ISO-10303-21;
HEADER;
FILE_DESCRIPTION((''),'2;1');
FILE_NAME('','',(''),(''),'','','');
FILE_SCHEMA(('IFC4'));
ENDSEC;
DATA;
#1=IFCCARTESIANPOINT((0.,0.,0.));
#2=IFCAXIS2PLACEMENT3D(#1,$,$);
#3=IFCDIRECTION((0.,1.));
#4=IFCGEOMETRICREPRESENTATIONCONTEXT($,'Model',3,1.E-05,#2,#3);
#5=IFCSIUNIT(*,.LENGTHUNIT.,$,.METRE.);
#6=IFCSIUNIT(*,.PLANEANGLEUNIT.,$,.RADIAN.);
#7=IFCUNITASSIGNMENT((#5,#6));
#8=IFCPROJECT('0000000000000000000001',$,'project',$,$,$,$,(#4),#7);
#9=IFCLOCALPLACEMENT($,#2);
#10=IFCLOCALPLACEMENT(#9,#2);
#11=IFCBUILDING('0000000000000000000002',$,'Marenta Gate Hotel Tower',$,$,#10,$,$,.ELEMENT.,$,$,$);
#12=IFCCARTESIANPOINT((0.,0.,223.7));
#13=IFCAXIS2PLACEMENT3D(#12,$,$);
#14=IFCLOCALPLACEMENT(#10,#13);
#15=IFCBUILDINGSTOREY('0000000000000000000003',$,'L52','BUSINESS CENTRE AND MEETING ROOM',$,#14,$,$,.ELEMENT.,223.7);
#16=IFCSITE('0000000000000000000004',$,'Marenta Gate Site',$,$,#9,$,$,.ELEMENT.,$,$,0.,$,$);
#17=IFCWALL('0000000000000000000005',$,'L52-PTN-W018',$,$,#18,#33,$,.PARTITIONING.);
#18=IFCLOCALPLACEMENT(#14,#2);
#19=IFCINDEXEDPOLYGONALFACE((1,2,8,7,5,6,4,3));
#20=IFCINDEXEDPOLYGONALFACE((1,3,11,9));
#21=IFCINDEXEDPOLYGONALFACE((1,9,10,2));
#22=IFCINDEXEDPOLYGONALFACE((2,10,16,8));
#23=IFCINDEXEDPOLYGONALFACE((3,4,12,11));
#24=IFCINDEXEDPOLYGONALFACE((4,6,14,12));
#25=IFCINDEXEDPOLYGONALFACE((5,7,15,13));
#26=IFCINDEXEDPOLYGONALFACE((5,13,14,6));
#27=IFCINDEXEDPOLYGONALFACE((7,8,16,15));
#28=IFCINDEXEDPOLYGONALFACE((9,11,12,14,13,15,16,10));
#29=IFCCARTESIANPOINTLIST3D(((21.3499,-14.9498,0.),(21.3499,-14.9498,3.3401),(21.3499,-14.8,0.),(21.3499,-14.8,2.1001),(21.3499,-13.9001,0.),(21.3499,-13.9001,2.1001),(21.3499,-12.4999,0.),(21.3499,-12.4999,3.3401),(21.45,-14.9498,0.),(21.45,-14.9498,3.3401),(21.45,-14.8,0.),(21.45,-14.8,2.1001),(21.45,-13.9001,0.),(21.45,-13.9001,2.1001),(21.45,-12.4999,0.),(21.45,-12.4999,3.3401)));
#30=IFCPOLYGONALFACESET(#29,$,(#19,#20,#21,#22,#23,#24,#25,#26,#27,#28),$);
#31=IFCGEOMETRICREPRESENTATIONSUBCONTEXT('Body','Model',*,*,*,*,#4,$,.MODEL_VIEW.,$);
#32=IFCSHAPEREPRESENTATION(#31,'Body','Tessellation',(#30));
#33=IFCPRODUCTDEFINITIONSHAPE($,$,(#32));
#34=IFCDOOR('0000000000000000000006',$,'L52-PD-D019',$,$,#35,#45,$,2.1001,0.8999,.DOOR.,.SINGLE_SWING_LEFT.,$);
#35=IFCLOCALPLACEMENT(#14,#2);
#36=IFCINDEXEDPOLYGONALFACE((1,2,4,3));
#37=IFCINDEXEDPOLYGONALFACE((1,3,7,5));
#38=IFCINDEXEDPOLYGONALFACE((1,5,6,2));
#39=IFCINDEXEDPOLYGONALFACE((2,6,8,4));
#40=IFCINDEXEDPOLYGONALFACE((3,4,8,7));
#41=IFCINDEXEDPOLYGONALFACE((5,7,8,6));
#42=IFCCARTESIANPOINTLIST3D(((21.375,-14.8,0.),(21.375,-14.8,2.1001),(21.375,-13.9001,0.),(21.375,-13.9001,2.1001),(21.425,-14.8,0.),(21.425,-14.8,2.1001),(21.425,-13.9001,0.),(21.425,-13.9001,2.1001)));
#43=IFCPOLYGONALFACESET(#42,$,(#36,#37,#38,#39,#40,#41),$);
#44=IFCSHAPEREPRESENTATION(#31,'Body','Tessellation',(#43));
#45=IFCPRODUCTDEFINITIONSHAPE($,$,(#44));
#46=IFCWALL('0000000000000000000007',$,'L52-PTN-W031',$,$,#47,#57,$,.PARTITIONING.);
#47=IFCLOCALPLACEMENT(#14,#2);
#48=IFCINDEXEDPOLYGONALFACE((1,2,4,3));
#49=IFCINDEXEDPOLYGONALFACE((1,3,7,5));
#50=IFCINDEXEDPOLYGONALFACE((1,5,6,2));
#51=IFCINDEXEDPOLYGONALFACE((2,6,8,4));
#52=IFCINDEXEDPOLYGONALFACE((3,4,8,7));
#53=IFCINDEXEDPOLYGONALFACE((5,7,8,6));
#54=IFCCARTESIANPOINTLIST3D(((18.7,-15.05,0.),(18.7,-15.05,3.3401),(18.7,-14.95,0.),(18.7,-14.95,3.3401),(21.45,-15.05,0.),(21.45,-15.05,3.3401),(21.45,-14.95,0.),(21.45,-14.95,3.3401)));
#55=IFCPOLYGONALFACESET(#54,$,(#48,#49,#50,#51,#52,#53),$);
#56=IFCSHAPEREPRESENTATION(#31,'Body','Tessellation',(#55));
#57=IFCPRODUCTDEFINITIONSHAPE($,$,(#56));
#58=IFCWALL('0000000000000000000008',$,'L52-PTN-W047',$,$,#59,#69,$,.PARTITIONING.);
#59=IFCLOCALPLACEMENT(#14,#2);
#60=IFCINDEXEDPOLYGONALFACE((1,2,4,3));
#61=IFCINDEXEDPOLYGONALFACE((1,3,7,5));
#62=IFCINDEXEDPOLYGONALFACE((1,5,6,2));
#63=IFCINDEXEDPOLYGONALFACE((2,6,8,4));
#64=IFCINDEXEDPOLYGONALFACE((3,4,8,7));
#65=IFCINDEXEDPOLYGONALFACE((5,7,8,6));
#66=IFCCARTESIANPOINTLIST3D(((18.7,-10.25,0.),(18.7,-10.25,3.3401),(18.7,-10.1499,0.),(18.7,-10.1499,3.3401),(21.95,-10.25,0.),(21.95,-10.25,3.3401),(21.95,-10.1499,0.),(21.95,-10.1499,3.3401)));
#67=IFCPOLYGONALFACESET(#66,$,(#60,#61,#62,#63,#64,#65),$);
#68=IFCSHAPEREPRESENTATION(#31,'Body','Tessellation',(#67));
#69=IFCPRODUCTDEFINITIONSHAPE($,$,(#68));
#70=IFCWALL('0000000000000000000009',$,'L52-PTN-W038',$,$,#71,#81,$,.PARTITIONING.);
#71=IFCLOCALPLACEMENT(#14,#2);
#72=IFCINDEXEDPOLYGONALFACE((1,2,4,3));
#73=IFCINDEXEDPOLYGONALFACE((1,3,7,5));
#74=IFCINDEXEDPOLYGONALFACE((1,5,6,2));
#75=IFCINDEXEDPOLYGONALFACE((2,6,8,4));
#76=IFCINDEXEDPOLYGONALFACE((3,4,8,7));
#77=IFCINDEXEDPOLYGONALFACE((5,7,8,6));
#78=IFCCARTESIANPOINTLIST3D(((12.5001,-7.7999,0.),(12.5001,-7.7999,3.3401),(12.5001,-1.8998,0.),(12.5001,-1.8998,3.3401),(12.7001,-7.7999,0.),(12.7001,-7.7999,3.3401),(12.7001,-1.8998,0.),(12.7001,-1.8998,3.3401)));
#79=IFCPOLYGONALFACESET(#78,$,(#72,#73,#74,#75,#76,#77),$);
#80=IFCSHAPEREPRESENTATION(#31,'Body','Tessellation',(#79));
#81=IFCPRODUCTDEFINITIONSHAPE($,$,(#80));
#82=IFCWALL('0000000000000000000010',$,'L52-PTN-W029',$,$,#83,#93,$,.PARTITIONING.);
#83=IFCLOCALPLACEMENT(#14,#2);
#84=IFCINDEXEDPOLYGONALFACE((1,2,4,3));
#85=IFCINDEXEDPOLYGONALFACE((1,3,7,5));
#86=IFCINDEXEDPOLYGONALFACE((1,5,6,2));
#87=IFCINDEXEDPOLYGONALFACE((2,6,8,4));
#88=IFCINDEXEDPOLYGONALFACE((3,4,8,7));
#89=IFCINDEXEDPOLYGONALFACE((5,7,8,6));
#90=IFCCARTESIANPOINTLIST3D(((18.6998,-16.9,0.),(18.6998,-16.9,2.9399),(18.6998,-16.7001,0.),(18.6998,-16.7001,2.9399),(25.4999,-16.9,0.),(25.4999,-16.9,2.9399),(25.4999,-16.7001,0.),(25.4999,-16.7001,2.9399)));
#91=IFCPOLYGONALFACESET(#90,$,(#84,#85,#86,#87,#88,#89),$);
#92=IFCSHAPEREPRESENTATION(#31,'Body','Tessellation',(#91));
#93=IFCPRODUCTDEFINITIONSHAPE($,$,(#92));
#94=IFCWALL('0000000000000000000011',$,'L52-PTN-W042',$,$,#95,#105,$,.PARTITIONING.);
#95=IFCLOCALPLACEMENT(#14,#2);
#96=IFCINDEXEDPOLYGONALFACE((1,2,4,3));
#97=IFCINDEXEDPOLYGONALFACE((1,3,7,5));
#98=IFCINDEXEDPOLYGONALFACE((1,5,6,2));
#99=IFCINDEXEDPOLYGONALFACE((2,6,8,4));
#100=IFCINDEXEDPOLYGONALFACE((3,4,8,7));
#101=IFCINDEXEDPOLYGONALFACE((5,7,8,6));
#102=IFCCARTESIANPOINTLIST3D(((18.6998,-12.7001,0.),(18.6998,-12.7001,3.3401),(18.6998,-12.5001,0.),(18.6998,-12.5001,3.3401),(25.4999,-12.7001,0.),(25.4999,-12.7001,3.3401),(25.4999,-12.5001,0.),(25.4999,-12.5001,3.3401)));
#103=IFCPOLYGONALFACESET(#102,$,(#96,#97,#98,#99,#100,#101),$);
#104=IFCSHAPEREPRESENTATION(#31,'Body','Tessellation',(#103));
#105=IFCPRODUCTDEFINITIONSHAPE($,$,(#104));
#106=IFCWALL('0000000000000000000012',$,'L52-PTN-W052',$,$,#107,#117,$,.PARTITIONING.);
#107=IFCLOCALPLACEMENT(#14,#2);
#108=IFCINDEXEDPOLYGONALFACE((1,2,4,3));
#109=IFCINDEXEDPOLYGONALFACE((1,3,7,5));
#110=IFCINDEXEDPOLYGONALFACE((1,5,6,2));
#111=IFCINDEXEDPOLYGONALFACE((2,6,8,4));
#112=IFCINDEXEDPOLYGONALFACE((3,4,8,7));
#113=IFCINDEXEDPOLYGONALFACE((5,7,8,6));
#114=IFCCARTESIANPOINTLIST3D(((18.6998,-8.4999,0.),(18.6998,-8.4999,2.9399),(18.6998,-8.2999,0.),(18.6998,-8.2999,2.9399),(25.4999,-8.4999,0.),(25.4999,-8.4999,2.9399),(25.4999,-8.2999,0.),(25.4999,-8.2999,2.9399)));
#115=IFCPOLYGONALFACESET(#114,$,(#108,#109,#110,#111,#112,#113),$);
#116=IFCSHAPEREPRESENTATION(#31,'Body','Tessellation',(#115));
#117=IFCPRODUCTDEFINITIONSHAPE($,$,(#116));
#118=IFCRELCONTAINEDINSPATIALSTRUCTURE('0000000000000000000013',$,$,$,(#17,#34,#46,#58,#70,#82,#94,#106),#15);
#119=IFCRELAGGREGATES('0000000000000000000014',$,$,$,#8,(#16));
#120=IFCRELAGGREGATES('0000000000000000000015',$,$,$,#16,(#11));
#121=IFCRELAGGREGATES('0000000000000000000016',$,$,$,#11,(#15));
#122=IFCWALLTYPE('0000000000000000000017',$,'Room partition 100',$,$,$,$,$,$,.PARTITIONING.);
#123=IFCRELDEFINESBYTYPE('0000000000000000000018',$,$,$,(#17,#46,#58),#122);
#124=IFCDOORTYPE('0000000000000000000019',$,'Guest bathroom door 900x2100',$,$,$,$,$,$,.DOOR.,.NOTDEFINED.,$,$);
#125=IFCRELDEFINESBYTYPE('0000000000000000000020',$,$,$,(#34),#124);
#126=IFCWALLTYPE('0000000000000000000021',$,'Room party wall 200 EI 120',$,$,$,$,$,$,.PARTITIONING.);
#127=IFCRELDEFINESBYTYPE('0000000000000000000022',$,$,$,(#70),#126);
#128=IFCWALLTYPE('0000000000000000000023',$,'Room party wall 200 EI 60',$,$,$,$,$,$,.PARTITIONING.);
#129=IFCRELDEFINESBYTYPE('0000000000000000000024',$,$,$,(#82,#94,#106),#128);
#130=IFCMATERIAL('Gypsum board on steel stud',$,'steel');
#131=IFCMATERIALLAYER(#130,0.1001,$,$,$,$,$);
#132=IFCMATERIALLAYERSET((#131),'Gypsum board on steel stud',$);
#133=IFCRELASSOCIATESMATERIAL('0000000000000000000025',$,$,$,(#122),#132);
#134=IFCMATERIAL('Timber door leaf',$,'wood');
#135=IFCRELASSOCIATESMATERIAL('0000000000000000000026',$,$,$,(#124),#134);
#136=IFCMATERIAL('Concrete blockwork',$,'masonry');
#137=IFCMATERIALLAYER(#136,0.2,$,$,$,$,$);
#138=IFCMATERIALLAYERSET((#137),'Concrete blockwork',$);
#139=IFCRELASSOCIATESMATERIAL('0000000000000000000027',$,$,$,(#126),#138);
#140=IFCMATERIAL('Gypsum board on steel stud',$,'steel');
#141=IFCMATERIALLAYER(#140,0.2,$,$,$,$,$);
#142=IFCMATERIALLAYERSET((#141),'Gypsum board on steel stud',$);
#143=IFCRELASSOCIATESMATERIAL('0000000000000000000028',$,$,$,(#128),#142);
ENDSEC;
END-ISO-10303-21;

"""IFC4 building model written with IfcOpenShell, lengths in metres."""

from ifc_helpers import new_model, si_unit, direction, frame, frame_2d, origin, place, context, subcontext, project, spatial, rectangle, extrude, material, layer, layer_set, type_object, element, fill, save


model = new_model("IFC4")

# Units and contexts
model_context = context("Model", 3, precision=1e-05, world=origin(), true_north=direction((0.0, 1.0)))
body_context = subcontext(model_context, "Body", "Model", "MODEL_VIEW")
ifc_project = project(units=[si_unit("LENGTHUNIT", "METRE"), si_unit("PLANEANGLEUNIT", "RADIAN")], contexts=[model_context])

# Site, building, storey
site_placement = place(None, origin())
site = spatial("IfcSite", under=ifc_project, at=site_placement, Name="Marenta Gate Site", CompositionType="ELEMENT", RefElevation=0.0)
building_placement = place(site_placement, origin())
building = spatial("IfcBuilding", under=site, at=building_placement, Name="Marenta Gate Hotel Tower", CompositionType="ELEMENT")
storey_placement = place(building_placement, frame((0.0, 0.0, 223.7)))
storey = spatial("IfcBuildingStorey", under=building, at=storey_placement, Name="L52", Description="BUSINESS CENTRE AND MEETING ROOM", CompositionType="ELEMENT", Elevation=223.7)

# Wall, opening, door
ifc_material_1 = material(Name="Gypsum board on steel stud", Category="steel")
ifc_layer_1 = layer(ifc_material_1, 0.1001)
ifc_layer_set_1 = layer_set([ifc_layer_1], Name="Gypsum board on steel stud")
wall_type_1 = type_object("IfcWallType", Name="Room partition 100", PredefinedType="PARTITIONING", material=ifc_layer_set_1)
ifc_material_2 = material(Name="Timber door leaf", Category="wood")
door_type = type_object("IfcDoorType", Name="Guest bathroom door 900x2100", OperationType="NOTDEFINED", PredefinedType="DOOR", material=ifc_material_2)
wall_1_placement = place(storey_placement, frame((21.3999, -14.95, 0.0), z_axis=(0.0, 0.0, 1.0), x_axis=(0.0, 1.0, 0.0)))
wall_1 = element("IfcWall", 1, at=wall_1_placement, inside=storey, type_object=wall_type_1, Name="L52-PTN-W018", PredefinedType="PARTITIONING", context=body_context, shape_type="SweptSolid", body=[
    extrude(rectangle(XDim=2.45, YDim=0.1001, at=frame_2d((1.2251, 0.0))), origin(), (0.0, 0.0, 1.0), 3.3401),
])
opening_1_placement = place(wall_1_placement, frame((0.1499, 0.0, 0.0)))
opening_1 = element("IfcOpeningElement", 2, at=opening_1_placement, cuts=wall_1, PredefinedType="OPENING", context=body_context, shape_type="SweptSolid", body=[
    extrude(rectangle(XDim=0.8999, YDim=2.1001, at=frame_2d((0.45, 1.05))), frame((0.0, 0.05, 0.0), z_axis=(0.0, -1.0, 0.0), x_axis=(1.0, 0.0, 0.0)), (0.0, 0.0, 1.0), 0.1001),
])
door_1_placement = place(opening_1_placement, origin())
door_1 = element("IfcDoor", 3, at=door_1_placement, inside=storey, type_object=door_type, Name="L52-PD-D019", OperationType="SINGLE_SWING_LEFT", OverallHeight=2.1001, OverallWidth=0.8999, PredefinedType="DOOR", context=body_context, shape_type="SweptSolid", body=[
    extrude(rectangle(XDim=0.8999, YDim=2.1001, at=frame_2d((0.45, 1.05))), frame((0.0, 0.0249, 0.0), z_axis=(0.0, -1.0, 0.0), x_axis=(1.0, 0.0, 0.0)), (0.0, 0.0, 1.0), 0.05),
])
fill(opening_1, door_1)

# Walls
wall_2_placement = place(storey_placement, frame((18.7, -15.0, 0.0), z_axis=(0.0, 0.0, 1.0), x_axis=(1.0, 0.0, 0.0)))
element("IfcWall", 4, at=wall_2_placement, inside=storey, type_object=wall_type_1, Name="L52-PTN-W031", PredefinedType="PARTITIONING", context=body_context, shape_type="SweptSolid", body=[
    extrude(rectangle(XDim=2.75, YDim=0.1001, at=frame_2d((1.375, 0.0))), origin(), (0.0, 0.0, 1.0), 3.3401),
])
wall_3_placement = place(storey_placement, frame((18.7, -10.2, 0.0), z_axis=(0.0, 0.0, 1.0), x_axis=(1.0, 0.0, 0.0)))
element("IfcWall", 5, at=wall_3_placement, inside=storey, type_object=wall_type_1, Name="L52-PTN-W047", PredefinedType="PARTITIONING", context=body_context, shape_type="SweptSolid", body=[
    extrude(rectangle(XDim=3.25, YDim=0.1001, at=frame_2d((1.625, 0.0))), origin(), (0.0, 0.0, 1.0), 3.3401),
])
ifc_material_3 = material(Name="Concrete blockwork", Category="masonry")
ifc_layer_2 = layer(ifc_material_3, 0.2)
ifc_layer_set_2 = layer_set([ifc_layer_2], Name="Concrete blockwork")
wall_type_2 = type_object("IfcWallType", Name="Room party wall 200 EI 120", PredefinedType="PARTITIONING", material=ifc_layer_set_2)
wall_4_placement = place(storey_placement, frame((12.6001, -7.8, 0.0), z_axis=(0.0, 0.0, 1.0), x_axis=(0.0, 1.0, 0.0)))
element("IfcWall", 6, at=wall_4_placement, inside=storey, type_object=wall_type_2, Name="L52-PTN-W038", PredefinedType="PARTITIONING", context=body_context, shape_type="SweptSolid", body=[
    extrude(rectangle(XDim=5.9001, YDim=0.2, at=frame_2d((2.9502, 0.0))), origin(), (0.0, 0.0, 1.0), 3.3401),
])
ifc_material_4 = material(Name="Gypsum board on steel stud", Category="steel")
ifc_layer_3 = layer(ifc_material_4, 0.2)
ifc_layer_set_3 = layer_set([ifc_layer_3], Name="Gypsum board on steel stud")
wall_type_3 = type_object("IfcWallType", Name="Room party wall 200 EI 60", PredefinedType="PARTITIONING", material=ifc_layer_set_3)
wall_5_placement = place(storey_placement, frame((18.7, -16.8, 0.0), z_axis=(0.0, 0.0, 1.0), x_axis=(1.0, 0.0, 0.0)))
element("IfcWall", 7, at=wall_5_placement, inside=storey, type_object=wall_type_3, Name="L52-PTN-W029", PredefinedType="PARTITIONING", context=body_context, shape_type="SweptSolid", body=[
    extrude(rectangle(XDim=6.8, YDim=0.2, at=frame_2d((3.3999, 0.0))), origin(), (0.0, 0.0, 1.0), 2.9399),
])
wall_6_placement = place(storey_placement, frame((18.7, -12.6001, 0.0), z_axis=(0.0, 0.0, 1.0), x_axis=(1.0, 0.0, 0.0)))
element("IfcWall", 8, at=wall_6_placement, inside=storey, type_object=wall_type_3, Name="L52-PTN-W042", PredefinedType="PARTITIONING", context=body_context, shape_type="SweptSolid", body=[
    extrude(rectangle(XDim=6.8, YDim=0.2, at=frame_2d((3.3999, 0.0))), origin(), (0.0, 0.0, 1.0), 3.3401),
])
wall_7_placement = place(storey_placement, frame((18.7, -8.3999, 0.0), z_axis=(0.0, 0.0, 1.0), x_axis=(1.0, 0.0, 0.0)))
element("IfcWall", 9, at=wall_7_placement, inside=storey, type_object=wall_type_3, Name="L52-PTN-W052", PredefinedType="PARTITIONING", context=body_context, shape_type="SweptSolid", body=[
    extrude(rectangle(XDim=6.8, YDim=0.2, at=frame_2d((3.3999, 0.0))), origin(), (0.0, 0.0, 1.0), 2.9399),
])

save(model, "model.ifc")
